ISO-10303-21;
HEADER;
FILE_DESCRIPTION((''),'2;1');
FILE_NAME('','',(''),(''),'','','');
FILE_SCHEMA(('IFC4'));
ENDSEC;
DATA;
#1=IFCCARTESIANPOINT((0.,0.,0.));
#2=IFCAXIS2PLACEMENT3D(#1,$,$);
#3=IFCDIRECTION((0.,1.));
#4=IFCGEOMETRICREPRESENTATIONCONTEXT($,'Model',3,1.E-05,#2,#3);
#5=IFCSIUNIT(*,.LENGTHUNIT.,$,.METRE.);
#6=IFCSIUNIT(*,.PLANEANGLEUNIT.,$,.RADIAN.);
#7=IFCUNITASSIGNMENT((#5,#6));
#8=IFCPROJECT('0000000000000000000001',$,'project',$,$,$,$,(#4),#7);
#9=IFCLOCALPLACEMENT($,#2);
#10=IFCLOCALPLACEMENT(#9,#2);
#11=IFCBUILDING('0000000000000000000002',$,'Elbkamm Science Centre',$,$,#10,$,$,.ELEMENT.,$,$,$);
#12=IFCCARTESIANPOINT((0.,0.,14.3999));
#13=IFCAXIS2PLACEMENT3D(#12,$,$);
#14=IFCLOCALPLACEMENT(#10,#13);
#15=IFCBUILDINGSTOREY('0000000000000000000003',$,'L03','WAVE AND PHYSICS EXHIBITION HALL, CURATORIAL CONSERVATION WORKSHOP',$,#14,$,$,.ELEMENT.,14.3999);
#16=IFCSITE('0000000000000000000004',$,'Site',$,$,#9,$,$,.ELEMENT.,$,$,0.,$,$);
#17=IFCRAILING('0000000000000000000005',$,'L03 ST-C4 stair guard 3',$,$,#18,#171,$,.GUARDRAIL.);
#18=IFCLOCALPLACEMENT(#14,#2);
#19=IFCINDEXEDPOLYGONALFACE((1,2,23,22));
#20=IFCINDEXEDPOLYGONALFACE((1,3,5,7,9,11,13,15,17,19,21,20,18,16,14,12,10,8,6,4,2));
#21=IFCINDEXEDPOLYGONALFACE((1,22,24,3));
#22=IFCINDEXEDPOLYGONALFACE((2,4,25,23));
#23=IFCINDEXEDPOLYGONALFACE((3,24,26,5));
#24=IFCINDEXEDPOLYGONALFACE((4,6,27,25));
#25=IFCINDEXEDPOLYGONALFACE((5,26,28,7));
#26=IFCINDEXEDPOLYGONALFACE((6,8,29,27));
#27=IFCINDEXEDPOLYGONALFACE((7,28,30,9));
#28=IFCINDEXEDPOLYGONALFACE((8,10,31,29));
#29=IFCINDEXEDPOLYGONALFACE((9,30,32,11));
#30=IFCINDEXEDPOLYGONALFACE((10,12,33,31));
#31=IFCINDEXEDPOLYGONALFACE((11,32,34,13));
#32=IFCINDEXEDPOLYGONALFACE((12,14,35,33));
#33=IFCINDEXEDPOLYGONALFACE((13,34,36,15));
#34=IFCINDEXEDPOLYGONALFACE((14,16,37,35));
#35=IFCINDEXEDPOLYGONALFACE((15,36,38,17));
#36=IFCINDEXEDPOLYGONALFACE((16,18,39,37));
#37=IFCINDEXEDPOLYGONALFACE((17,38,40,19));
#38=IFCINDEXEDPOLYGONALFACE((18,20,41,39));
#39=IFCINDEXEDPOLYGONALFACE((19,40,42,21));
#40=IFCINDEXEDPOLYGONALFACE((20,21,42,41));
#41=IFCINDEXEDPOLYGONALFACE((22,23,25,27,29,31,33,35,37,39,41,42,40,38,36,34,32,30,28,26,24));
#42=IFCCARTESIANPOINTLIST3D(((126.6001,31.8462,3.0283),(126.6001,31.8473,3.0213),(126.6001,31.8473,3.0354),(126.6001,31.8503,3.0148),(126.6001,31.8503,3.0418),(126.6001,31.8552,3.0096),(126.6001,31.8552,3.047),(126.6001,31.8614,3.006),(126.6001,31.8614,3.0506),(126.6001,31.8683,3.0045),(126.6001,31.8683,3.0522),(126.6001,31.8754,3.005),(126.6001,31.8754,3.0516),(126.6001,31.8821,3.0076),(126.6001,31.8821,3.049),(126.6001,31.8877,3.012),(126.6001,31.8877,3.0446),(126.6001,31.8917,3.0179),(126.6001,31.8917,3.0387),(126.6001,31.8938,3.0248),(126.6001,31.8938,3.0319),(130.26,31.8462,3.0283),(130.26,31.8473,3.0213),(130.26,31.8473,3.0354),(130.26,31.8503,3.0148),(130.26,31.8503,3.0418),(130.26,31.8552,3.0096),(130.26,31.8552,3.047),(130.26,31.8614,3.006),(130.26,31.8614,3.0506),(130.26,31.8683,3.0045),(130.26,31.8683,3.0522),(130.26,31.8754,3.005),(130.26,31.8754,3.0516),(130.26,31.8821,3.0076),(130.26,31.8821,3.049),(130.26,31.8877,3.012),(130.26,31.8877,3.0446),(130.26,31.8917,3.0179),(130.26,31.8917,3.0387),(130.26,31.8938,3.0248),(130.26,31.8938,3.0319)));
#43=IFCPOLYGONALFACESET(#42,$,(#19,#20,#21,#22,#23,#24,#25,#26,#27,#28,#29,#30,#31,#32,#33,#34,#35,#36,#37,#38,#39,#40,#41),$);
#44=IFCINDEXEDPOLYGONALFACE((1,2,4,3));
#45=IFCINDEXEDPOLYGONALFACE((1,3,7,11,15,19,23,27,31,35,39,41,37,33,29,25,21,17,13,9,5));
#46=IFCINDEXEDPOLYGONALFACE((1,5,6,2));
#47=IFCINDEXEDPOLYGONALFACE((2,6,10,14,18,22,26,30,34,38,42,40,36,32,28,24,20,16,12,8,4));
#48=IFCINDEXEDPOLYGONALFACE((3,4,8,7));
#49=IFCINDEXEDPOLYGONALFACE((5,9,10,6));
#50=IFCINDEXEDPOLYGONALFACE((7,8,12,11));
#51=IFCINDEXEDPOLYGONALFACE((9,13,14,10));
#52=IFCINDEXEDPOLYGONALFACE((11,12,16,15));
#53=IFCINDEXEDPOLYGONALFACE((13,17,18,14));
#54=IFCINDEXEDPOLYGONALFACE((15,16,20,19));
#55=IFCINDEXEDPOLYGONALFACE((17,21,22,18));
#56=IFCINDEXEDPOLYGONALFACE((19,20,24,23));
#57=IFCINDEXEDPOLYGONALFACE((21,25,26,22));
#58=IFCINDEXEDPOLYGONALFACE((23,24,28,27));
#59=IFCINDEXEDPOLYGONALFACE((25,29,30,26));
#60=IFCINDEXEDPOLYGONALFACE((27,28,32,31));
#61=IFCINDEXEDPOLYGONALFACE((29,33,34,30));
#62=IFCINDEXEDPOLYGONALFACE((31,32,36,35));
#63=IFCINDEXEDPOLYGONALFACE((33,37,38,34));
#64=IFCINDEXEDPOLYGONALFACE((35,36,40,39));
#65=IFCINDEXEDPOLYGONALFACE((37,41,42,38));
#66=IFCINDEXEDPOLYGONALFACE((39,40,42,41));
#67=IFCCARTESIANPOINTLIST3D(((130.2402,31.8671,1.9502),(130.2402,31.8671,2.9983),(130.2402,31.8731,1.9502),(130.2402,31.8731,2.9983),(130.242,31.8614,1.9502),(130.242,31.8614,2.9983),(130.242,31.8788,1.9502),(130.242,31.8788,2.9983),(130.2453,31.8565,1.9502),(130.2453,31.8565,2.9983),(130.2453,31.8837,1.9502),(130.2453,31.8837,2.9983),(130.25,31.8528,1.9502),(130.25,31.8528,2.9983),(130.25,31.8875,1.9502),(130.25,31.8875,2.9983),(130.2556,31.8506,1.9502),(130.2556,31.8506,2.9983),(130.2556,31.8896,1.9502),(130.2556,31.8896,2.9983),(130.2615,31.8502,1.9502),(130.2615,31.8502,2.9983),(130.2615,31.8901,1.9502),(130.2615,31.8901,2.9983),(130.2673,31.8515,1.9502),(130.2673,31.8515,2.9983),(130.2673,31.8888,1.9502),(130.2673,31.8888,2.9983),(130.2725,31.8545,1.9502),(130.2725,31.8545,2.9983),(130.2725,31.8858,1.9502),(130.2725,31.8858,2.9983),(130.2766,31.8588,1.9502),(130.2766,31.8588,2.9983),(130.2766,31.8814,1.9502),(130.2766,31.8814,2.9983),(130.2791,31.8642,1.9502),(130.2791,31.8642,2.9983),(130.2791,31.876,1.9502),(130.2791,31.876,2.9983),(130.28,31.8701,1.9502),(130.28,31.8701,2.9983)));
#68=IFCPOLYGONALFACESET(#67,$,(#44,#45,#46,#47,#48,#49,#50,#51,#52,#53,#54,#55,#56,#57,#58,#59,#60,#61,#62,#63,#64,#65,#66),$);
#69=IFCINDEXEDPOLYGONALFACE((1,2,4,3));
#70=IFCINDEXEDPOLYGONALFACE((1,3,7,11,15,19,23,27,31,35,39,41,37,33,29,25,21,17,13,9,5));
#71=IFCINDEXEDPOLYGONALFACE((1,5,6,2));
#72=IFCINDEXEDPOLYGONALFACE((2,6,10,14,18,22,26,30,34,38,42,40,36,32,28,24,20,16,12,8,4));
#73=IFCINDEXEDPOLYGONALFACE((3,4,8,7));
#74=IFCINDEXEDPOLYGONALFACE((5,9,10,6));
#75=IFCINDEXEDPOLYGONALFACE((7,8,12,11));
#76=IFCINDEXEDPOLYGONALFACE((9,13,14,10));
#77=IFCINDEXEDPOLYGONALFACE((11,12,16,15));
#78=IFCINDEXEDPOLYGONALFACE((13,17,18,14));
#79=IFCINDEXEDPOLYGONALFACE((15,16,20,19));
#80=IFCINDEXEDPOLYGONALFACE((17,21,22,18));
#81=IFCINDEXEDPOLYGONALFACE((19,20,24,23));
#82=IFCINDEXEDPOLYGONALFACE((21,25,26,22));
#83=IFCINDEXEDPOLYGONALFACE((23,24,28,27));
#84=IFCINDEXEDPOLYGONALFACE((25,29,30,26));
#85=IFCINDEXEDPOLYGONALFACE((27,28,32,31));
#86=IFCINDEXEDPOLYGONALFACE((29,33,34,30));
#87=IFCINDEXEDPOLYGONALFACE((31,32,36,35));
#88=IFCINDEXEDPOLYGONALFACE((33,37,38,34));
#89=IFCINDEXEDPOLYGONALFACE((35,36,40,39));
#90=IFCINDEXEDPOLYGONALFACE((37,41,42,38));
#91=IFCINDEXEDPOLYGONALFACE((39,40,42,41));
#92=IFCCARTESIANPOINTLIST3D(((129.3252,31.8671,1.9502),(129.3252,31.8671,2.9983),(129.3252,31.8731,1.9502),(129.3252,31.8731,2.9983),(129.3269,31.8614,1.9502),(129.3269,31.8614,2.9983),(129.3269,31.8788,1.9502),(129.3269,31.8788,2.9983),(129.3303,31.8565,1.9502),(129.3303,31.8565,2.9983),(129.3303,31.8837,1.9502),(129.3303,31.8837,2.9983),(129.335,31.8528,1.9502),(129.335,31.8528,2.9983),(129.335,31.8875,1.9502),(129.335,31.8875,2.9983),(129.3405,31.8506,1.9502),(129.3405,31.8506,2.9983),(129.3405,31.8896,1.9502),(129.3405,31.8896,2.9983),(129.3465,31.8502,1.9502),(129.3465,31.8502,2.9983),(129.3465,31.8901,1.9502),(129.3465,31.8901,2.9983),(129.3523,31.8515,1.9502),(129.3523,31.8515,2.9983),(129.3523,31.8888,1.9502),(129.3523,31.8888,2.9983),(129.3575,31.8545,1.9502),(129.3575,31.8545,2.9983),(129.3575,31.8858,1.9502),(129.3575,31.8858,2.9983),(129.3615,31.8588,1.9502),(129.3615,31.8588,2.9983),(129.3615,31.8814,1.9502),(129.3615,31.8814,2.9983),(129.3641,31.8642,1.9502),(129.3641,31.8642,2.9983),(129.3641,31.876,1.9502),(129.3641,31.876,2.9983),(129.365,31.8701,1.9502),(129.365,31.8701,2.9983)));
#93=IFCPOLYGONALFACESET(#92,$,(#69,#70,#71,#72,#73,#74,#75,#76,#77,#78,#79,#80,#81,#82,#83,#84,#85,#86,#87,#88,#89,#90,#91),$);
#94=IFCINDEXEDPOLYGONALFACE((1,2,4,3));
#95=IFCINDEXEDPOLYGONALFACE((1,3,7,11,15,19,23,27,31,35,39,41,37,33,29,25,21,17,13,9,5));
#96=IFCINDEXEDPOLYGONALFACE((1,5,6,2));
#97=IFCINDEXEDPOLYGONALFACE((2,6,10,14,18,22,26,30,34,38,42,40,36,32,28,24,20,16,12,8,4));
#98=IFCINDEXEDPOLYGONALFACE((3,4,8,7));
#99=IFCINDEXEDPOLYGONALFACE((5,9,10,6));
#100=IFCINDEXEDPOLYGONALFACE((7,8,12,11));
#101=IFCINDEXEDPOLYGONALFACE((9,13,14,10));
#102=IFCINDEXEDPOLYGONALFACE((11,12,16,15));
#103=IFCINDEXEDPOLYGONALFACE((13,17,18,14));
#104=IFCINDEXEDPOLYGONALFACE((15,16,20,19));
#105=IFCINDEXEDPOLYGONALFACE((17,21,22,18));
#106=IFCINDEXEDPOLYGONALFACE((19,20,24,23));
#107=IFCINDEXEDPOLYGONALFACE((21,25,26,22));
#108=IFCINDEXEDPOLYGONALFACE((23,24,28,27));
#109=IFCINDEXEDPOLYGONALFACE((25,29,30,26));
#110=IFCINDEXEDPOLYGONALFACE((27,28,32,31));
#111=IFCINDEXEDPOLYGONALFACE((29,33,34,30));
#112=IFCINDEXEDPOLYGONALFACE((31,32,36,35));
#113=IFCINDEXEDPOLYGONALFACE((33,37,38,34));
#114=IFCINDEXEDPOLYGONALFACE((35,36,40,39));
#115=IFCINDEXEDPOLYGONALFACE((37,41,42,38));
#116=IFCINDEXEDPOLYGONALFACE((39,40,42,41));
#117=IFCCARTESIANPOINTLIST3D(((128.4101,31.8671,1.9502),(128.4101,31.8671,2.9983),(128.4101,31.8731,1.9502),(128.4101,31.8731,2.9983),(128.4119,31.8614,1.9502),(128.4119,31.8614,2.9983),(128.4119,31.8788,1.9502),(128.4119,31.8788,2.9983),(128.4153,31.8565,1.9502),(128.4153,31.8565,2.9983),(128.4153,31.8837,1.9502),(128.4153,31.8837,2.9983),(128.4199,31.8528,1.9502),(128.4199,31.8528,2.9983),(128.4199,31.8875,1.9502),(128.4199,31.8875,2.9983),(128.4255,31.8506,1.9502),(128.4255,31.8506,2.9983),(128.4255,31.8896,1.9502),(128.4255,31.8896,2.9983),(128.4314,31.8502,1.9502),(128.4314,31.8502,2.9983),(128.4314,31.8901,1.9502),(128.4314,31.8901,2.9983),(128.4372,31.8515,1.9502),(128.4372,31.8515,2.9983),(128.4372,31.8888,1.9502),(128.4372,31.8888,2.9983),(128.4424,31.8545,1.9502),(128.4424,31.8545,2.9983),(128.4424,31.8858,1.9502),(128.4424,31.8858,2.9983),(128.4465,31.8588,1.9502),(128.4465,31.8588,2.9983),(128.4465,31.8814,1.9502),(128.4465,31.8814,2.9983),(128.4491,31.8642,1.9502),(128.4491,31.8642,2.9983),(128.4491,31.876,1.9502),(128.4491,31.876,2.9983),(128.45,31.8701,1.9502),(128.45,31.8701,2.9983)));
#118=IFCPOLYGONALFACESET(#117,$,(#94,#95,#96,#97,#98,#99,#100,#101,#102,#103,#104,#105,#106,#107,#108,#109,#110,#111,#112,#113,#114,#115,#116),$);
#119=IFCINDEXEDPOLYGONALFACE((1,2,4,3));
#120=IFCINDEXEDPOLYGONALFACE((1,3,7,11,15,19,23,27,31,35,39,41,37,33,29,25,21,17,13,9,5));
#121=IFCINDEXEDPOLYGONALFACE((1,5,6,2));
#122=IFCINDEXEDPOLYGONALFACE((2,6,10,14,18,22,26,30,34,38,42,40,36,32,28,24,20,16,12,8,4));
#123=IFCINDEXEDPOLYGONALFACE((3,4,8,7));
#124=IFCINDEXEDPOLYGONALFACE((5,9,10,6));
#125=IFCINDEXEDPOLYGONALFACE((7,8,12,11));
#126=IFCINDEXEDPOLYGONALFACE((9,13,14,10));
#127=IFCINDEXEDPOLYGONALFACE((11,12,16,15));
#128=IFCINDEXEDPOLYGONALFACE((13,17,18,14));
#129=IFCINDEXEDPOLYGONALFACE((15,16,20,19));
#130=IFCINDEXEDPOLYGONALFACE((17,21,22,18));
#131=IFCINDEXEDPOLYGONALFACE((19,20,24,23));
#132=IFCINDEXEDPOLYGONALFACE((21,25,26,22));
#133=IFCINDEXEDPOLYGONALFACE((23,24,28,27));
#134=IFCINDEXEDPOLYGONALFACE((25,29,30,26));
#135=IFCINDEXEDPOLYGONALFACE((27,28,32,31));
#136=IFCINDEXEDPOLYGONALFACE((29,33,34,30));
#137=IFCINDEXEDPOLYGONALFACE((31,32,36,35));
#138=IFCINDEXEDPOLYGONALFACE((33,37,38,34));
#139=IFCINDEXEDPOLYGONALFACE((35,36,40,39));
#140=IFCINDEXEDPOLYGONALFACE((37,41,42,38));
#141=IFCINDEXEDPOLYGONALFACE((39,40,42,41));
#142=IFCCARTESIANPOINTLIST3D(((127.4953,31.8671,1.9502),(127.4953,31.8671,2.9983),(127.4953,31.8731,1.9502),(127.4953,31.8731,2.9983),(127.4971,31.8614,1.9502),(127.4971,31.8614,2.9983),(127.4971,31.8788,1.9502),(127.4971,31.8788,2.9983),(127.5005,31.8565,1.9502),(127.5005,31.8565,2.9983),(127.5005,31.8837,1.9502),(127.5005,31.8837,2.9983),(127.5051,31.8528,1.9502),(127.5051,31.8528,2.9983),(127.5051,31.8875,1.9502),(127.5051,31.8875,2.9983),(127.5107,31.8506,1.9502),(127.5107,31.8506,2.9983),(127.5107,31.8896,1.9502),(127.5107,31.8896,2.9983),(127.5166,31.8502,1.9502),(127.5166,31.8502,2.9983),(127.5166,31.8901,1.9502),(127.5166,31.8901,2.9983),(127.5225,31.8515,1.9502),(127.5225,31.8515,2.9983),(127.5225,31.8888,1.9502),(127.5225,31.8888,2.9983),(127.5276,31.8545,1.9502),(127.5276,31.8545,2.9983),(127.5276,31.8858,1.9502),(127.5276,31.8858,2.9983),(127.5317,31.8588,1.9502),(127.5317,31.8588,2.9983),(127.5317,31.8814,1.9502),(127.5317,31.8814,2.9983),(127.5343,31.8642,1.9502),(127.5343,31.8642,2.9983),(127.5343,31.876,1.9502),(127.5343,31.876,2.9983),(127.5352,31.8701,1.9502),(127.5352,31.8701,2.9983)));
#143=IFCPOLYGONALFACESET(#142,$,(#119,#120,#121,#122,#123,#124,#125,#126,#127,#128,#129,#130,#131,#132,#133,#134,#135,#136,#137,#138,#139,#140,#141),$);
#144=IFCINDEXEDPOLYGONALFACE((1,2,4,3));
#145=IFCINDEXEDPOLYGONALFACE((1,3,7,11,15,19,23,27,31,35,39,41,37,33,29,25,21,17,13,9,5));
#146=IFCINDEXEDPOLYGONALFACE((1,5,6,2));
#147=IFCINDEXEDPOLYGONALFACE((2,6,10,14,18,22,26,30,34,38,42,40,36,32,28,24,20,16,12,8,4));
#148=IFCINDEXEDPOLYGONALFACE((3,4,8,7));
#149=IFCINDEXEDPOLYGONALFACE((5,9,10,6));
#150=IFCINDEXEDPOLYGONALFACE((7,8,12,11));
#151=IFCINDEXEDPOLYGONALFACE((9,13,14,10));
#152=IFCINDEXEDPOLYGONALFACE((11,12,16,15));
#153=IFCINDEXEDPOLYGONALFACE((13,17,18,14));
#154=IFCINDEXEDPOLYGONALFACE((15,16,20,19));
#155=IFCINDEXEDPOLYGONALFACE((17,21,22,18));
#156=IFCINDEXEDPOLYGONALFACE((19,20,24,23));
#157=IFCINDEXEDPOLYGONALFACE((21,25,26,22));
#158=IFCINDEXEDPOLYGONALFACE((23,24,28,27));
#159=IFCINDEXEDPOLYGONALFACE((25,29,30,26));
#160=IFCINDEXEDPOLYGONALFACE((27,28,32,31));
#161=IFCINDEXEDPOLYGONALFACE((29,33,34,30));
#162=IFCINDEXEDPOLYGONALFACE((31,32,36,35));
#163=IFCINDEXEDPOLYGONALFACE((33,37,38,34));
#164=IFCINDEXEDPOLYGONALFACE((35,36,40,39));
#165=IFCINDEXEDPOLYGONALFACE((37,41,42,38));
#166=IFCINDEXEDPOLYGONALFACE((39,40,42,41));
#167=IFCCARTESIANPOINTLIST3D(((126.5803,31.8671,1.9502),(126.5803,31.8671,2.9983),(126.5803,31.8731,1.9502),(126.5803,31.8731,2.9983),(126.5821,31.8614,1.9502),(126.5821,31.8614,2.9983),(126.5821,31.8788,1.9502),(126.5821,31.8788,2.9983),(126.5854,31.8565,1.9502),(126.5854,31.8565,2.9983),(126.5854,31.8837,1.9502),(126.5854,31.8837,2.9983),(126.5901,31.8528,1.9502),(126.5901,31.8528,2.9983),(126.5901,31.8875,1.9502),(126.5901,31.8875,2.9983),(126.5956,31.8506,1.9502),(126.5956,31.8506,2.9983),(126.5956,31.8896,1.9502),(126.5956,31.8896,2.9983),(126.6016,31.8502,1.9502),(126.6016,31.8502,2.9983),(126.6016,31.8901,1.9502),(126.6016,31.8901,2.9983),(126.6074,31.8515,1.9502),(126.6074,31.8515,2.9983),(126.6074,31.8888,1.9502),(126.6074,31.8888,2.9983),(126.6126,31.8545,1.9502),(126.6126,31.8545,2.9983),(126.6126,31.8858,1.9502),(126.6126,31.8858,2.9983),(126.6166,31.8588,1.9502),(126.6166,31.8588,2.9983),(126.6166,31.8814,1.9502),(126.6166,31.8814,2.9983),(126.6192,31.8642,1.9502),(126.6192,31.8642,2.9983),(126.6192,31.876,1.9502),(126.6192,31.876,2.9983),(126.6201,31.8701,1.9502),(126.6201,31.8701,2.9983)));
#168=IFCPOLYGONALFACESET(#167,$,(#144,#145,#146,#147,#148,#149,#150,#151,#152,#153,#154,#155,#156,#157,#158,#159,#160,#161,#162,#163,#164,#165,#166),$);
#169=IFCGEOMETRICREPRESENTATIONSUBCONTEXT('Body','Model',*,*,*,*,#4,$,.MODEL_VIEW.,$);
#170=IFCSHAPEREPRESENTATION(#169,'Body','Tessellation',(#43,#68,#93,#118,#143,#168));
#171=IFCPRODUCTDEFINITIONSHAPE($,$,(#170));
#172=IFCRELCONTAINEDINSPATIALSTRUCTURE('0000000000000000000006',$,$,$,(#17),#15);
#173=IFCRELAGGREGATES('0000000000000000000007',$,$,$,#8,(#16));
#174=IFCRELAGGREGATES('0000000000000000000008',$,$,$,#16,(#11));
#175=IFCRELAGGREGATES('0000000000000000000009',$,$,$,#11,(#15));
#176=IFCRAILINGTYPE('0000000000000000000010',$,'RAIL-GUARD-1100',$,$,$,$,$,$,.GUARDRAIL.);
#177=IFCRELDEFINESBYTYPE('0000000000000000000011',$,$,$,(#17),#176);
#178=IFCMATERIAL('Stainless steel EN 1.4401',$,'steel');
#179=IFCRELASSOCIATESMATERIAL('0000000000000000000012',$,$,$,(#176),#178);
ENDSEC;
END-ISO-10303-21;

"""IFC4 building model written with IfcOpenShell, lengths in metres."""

from ifc_helpers import new_model, si_unit, direction, frame, origin, origin_2d, place, context, subcontext, project, spatial, circle, extrude, material, type_object, element, save


model = new_model("IFC4")

# Units and contexts
model_context = context("Model", 3, precision=1e-05, world=origin(), true_north=direction((0.0, 1.0)))
body_context = subcontext(model_context, "Body", "Model", "MODEL_VIEW")
ifc_project = project(units=[si_unit("LENGTHUNIT", "METRE"), si_unit("PLANEANGLEUNIT", "RADIAN")], contexts=[model_context])

# Site, building, storey
site_placement = place(None, origin())
site = spatial("IfcSite", under=ifc_project, at=site_placement, Name="Site", CompositionType="ELEMENT", RefElevation=0.0)
building_placement = place(site_placement, origin())
building = spatial("IfcBuilding", under=site, at=building_placement, Name="Elbkamm Science Centre", CompositionType="ELEMENT")
storey_placement = place(building_placement, frame((0.0, 0.0, 14.3999)))
storey = spatial("IfcBuildingStorey", under=building, at=storey_placement, Name="L03", Description="WAVE AND PHYSICS EXHIBITION HALL, CURATORIAL CONSERVATION WORKSHOP", CompositionType="ELEMENT", Elevation=14.3999)

# Railing
ifc_material_1 = material(Name="Stainless steel EN 1.4401", Category="steel")
railing_type_1 = type_object("IfcRailingType", Name="RAIL-GUARD-1100", PredefinedType="GUARDRAIL", material=ifc_material_1)
railing_1_placement = place(storey_placement, frame((130.26, 31.8701, 1.9502)))
element("IfcRailing", 1, at=railing_1_placement, inside=storey, type_object=railing_type_1, Name="L03 ST-C4 stair guard 3", PredefinedType="GUARDRAIL", context=body_context, shape_type="SweptSolid", body=[
    extrude(circle(Radius=0.0239, at=origin_2d()), frame((0.0, 0.0, 1.0781), z_axis=(-1.0, 0.0, 0.0), x_axis=(0.0, -1.0, 0.0)), (0.0, 0.0, 1.0), 3.6599),
    extrude(circle(Radius=0.02, at=origin_2d()), origin(), (0.0, 0.0, 1.0), 1.0481),
    extrude(circle(Radius=0.02, at=origin_2d()), frame((-0.915, 0.0, 0.0)), (0.0, 0.0, 1.0), 1.0481),
    extrude(circle(Radius=0.02, at=origin_2d()), frame((-1.8301, 0.0, 0.0)), (0.0, 0.0, 1.0), 1.0481),
    extrude(circle(Radius=0.02, at=origin_2d()), frame((-2.7449, 0.0, 0.0)), (0.0, 0.0, 1.0), 1.0481),
    extrude(circle(Radius=0.02, at=origin_2d()), frame((-3.6599, 0.0, 0.0)), (0.0, 0.0, 1.0), 1.0481),
])

save(model, "model.ifc")
